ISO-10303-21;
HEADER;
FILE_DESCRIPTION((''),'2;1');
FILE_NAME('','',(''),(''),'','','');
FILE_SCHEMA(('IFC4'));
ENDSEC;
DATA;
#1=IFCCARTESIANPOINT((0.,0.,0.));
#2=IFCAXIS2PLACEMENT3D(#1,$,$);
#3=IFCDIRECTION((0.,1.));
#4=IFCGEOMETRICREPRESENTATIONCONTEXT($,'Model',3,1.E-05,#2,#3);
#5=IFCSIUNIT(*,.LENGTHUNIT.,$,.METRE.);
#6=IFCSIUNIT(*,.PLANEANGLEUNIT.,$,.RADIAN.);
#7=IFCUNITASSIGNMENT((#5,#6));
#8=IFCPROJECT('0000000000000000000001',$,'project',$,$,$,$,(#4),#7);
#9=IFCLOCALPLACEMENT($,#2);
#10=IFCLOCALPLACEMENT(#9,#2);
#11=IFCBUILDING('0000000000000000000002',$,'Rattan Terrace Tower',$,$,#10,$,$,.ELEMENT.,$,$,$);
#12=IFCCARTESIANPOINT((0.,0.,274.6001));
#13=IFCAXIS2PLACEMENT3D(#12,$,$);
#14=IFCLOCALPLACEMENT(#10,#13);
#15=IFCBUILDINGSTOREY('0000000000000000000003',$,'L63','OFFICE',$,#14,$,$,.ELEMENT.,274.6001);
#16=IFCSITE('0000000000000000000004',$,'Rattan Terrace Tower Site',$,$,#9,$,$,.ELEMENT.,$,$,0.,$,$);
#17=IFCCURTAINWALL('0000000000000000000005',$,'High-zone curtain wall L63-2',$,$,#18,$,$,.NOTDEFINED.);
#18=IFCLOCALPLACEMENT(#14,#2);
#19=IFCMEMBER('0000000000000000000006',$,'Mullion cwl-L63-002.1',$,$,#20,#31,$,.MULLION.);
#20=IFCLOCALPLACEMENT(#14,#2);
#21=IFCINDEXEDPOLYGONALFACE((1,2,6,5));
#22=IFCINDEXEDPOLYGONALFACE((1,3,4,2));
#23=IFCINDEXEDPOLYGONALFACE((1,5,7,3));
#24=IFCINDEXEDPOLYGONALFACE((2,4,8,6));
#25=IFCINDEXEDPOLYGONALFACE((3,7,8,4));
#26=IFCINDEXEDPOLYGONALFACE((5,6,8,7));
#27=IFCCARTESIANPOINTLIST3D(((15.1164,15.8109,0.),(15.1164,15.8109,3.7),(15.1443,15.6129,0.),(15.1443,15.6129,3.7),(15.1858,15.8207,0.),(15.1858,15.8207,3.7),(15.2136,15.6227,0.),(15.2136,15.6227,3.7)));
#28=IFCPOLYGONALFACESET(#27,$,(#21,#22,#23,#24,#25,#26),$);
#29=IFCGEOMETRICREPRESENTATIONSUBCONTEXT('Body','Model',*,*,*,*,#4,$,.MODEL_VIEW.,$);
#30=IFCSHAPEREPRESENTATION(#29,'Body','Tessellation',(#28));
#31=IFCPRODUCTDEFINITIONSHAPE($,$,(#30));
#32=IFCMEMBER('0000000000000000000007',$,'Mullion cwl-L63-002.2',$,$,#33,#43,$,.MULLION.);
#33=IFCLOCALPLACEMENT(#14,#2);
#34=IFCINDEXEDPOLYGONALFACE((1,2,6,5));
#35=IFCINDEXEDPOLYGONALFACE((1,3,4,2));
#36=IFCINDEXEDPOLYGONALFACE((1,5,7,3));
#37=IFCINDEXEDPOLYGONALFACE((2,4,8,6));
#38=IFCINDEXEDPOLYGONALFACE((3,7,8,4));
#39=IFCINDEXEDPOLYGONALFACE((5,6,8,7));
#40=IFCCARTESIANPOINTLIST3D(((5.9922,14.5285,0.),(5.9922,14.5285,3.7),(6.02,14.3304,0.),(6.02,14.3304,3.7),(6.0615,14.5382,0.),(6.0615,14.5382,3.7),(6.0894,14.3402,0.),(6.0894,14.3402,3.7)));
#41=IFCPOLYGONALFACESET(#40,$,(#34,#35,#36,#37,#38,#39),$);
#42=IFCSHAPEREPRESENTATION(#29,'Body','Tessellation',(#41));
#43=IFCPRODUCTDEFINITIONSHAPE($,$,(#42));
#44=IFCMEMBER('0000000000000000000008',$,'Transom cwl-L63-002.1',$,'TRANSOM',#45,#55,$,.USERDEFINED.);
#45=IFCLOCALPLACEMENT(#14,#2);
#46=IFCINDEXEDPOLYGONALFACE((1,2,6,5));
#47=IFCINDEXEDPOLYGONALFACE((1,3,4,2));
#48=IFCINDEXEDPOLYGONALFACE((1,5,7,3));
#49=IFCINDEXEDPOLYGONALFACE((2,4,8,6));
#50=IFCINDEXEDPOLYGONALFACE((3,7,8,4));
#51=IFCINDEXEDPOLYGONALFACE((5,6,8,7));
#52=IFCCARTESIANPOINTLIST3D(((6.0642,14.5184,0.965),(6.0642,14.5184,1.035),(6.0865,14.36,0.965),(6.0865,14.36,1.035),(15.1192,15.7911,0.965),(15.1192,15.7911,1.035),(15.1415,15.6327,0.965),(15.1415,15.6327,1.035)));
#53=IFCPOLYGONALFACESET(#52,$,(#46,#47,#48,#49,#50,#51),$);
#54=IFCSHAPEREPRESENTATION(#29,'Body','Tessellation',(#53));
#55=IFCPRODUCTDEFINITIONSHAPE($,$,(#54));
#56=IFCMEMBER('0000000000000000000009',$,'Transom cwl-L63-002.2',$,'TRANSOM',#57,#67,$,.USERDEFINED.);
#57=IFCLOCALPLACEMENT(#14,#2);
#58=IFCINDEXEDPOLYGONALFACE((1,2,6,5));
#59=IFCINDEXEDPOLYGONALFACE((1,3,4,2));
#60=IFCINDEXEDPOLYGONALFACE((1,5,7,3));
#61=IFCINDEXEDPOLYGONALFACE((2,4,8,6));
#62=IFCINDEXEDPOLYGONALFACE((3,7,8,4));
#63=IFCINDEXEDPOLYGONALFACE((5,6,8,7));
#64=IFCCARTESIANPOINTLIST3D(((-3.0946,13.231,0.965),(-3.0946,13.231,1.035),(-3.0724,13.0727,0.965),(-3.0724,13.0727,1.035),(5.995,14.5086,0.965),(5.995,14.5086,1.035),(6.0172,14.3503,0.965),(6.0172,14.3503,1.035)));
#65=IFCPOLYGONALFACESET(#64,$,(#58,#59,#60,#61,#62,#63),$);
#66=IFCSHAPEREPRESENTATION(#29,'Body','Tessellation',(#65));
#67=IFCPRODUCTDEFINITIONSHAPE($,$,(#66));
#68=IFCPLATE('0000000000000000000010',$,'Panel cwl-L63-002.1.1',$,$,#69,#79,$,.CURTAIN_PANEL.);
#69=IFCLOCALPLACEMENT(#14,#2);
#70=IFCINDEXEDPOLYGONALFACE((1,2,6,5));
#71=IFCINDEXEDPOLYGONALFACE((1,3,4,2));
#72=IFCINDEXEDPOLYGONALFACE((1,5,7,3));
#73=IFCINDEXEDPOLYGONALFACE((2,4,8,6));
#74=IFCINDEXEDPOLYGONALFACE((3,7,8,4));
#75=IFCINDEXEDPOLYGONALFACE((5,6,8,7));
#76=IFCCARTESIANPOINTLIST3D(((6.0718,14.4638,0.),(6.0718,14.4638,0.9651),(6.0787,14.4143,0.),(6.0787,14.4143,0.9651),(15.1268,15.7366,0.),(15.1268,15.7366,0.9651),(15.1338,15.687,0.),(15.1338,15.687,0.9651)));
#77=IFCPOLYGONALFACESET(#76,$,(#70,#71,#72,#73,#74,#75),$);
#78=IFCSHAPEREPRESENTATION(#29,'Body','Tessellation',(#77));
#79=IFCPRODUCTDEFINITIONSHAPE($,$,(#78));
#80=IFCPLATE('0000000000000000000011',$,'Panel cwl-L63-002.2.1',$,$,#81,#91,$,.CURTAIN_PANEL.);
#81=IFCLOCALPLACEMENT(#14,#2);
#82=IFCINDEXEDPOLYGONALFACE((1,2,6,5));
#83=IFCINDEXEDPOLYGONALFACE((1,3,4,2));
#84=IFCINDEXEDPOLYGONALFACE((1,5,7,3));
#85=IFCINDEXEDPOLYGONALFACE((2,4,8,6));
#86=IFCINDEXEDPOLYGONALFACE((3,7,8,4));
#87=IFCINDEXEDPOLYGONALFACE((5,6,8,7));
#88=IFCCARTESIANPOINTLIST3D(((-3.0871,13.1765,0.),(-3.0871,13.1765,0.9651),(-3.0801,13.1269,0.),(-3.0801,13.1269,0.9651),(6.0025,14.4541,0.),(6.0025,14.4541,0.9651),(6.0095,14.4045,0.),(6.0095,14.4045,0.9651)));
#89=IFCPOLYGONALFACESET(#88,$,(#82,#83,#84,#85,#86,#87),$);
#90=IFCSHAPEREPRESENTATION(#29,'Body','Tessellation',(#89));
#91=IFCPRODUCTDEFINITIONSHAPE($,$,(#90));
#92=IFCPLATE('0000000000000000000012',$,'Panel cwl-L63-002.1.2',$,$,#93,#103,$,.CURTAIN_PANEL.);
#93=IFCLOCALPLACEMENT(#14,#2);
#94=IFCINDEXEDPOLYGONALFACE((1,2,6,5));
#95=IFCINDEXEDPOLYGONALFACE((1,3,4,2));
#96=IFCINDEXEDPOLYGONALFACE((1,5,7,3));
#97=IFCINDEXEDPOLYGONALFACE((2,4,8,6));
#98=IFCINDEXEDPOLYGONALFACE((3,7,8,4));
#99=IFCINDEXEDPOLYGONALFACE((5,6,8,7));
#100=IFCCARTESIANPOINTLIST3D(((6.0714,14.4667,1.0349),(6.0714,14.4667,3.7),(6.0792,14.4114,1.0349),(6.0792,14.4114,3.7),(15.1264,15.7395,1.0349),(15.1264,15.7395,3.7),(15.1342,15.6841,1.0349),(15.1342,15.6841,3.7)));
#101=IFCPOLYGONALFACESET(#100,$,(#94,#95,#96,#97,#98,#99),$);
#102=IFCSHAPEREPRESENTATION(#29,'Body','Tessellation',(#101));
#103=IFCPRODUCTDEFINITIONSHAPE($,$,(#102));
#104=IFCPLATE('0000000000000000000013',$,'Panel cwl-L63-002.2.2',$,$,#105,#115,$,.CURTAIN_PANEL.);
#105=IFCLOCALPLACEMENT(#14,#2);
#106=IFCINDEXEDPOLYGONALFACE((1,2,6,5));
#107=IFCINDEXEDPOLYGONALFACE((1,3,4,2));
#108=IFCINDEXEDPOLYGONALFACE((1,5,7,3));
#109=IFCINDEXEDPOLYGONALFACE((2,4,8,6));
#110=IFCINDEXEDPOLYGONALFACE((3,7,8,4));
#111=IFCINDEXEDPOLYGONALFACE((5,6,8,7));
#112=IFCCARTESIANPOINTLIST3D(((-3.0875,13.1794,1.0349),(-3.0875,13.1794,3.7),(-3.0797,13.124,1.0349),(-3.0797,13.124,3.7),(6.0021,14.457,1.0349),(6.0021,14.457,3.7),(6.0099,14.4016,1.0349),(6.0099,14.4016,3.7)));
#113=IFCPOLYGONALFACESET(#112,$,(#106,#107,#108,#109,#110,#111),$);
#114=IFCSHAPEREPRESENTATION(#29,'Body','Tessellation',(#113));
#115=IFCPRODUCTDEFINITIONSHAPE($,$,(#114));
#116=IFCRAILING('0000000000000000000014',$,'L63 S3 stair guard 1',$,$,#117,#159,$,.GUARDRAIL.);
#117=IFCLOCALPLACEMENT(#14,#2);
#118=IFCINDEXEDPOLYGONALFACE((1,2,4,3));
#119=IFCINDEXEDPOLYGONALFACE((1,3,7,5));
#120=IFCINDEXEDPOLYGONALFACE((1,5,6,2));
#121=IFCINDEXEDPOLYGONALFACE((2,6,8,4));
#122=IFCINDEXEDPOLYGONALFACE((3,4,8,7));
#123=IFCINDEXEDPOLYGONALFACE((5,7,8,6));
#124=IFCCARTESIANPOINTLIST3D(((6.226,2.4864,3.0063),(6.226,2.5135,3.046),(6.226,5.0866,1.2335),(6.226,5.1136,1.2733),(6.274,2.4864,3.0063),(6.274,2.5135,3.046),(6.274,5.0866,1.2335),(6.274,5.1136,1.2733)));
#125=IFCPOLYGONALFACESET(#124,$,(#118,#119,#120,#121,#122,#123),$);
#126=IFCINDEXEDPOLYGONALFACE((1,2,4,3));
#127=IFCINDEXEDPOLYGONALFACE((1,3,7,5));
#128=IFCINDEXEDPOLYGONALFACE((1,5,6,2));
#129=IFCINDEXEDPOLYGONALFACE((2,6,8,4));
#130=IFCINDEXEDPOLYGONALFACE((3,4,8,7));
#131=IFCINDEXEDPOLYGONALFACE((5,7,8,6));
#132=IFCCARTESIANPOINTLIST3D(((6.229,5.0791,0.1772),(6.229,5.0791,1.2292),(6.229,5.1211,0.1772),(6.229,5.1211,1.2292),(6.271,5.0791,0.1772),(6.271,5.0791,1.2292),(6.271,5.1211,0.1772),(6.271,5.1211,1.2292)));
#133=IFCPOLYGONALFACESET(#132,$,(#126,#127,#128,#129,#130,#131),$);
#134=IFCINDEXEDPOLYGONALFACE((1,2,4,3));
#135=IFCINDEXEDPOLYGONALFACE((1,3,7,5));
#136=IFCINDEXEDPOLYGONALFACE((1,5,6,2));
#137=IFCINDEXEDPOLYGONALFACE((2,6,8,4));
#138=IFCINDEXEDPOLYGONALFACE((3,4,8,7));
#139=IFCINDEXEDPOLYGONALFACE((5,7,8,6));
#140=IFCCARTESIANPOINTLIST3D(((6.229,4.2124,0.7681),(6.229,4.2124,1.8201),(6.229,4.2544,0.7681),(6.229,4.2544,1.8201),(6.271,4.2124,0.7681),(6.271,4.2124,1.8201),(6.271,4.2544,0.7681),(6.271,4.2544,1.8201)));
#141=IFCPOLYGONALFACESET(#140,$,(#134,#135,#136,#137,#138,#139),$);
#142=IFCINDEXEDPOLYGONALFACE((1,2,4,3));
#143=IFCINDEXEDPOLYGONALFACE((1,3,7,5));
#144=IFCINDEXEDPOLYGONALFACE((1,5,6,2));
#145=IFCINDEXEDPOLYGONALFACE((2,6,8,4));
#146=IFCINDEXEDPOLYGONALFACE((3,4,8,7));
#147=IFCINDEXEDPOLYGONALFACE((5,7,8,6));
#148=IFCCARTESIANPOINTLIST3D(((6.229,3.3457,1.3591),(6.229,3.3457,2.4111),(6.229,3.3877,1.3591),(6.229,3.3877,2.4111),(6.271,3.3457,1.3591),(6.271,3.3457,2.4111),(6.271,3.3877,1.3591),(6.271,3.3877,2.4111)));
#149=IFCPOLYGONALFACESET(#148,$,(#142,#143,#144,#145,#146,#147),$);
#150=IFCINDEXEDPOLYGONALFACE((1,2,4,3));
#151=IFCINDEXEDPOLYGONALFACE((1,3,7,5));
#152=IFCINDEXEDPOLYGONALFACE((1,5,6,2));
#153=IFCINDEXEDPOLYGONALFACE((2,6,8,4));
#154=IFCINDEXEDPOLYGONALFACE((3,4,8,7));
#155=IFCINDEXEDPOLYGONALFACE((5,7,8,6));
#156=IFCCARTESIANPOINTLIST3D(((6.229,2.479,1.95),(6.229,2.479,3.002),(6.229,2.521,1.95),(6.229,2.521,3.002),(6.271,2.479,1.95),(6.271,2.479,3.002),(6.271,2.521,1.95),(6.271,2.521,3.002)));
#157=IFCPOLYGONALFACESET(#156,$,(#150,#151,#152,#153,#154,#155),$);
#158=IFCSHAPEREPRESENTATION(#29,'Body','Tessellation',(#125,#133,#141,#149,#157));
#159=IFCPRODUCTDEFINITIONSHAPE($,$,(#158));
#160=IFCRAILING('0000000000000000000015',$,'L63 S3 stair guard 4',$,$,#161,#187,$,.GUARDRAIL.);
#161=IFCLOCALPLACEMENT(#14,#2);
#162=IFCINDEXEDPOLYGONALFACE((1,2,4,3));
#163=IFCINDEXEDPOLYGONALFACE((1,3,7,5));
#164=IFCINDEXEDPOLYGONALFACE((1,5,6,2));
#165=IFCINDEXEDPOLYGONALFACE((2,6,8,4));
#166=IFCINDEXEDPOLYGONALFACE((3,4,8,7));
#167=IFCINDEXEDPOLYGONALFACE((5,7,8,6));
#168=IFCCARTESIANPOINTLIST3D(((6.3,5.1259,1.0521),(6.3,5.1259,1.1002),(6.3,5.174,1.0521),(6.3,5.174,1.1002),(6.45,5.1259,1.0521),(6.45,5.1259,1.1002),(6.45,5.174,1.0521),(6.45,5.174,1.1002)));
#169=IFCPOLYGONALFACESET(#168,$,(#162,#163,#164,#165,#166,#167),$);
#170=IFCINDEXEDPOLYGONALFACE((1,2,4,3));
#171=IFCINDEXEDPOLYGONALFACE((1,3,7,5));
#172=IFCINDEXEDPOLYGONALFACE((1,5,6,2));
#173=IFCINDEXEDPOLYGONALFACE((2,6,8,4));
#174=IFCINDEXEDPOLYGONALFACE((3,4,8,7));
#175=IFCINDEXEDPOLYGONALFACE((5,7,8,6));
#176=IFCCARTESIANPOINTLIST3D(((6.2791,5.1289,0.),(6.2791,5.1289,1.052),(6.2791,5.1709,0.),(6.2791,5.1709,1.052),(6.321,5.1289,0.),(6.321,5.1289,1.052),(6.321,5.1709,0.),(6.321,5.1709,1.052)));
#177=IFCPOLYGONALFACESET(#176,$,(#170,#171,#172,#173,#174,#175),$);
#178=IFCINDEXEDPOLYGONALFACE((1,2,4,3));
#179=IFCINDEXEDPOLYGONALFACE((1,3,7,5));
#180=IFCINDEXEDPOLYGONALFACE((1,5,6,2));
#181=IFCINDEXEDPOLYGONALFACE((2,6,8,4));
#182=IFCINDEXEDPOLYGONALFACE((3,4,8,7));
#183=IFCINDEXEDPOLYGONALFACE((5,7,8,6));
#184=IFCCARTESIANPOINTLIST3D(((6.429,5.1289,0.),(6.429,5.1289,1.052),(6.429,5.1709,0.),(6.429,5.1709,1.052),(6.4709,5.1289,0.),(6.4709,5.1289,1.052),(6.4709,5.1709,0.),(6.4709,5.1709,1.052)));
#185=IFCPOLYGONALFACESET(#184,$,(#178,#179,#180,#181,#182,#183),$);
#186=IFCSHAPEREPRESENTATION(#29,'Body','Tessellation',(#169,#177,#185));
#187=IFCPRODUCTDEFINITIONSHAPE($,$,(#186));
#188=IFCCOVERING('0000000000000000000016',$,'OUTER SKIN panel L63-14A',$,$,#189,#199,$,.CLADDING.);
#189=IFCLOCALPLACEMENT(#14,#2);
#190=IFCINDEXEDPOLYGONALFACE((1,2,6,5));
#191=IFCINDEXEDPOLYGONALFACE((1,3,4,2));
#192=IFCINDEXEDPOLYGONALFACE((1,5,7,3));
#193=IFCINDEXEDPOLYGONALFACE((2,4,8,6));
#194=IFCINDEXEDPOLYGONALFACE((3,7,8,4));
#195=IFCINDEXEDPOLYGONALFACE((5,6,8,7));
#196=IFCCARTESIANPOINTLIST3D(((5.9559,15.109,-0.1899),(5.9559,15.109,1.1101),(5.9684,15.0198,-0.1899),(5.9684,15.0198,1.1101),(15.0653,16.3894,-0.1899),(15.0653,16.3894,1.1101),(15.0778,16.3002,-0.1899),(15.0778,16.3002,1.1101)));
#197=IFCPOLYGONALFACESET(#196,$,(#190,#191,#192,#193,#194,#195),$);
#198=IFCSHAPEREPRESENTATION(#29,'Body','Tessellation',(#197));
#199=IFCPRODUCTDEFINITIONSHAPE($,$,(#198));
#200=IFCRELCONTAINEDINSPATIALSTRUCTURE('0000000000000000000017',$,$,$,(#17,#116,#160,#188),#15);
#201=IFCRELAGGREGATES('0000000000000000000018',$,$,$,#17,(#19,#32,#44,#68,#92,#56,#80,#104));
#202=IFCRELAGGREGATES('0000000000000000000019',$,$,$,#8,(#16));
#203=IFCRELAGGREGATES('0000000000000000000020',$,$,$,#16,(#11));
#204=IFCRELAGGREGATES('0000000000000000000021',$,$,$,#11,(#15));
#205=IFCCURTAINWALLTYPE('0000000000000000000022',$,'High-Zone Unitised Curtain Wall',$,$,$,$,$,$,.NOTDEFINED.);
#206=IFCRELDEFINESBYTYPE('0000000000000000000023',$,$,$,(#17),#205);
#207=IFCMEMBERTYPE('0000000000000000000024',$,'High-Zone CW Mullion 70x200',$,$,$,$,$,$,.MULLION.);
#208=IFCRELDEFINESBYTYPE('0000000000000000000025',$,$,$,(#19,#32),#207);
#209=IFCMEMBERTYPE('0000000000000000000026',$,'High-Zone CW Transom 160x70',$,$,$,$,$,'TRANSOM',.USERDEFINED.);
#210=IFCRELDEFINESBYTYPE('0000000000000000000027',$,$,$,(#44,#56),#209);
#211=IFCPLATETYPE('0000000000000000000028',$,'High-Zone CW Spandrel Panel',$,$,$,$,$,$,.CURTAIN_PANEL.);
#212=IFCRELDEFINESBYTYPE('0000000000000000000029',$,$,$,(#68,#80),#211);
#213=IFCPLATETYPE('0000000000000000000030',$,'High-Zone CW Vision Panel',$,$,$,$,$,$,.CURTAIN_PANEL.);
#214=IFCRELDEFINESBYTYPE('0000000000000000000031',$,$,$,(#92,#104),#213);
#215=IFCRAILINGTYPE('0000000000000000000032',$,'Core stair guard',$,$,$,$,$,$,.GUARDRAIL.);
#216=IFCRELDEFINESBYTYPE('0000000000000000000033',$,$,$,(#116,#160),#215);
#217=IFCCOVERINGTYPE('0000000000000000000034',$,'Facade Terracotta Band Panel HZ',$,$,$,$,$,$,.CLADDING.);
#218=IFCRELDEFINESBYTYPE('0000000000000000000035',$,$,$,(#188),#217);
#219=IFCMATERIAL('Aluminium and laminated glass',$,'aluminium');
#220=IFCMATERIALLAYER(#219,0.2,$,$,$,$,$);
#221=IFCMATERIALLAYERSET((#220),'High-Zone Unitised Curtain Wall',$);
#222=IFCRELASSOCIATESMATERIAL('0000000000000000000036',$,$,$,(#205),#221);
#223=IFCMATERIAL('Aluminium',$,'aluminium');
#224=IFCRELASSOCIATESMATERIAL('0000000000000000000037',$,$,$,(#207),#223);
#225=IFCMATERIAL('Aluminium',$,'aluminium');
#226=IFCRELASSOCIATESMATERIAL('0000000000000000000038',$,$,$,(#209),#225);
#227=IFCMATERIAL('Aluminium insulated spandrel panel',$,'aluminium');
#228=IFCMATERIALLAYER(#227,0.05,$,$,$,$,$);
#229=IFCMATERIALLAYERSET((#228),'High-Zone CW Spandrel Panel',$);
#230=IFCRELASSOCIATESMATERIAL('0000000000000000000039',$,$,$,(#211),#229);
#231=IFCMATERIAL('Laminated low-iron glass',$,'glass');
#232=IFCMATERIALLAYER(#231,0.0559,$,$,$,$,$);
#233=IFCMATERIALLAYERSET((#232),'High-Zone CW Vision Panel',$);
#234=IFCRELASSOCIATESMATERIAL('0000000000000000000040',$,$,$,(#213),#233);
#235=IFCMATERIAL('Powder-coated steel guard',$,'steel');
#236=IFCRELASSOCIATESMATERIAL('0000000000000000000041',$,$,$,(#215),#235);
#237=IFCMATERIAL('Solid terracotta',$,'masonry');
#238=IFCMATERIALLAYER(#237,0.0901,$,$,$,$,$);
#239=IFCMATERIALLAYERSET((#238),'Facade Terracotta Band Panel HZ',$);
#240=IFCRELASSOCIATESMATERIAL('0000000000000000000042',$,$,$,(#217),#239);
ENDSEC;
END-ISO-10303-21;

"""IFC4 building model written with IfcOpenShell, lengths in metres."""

from ifc_helpers import new_model, si_unit, direction, frame, origin, origin_2d, place, context, subcontext, project, spatial, rectangle, extrude, material, layer, layer_set, material_profile, profile_set, type_object, element, aggregate, save


model = new_model("IFC4")

# Units and contexts
model_context = context("Model", 3, precision=1e-05, world=origin(), true_north=direction((0.0, 1.0)))
body_context = subcontext(model_context, "Body", "Model", "MODEL_VIEW")
ifc_project = project(units=[si_unit("LENGTHUNIT", "METRE"), si_unit("PLANEANGLEUNIT", "RADIAN")], contexts=[model_context])

# Site, building, storey
site_placement = place(None, origin())
site = spatial("IfcSite", under=ifc_project, at=site_placement, Name="Rattan Terrace Tower Site", CompositionType="ELEMENT", RefElevation=0.0)
building_placement = place(site_placement, origin())
building = spatial("IfcBuilding", under=site, at=building_placement, Name="Rattan Terrace Tower", CompositionType="ELEMENT")
storey_placement = place(building_placement, frame((0.0, 0.0, 274.6001)))
storey = spatial("IfcBuildingStorey", under=building, at=storey_placement, Name="L63", Description="OFFICE", CompositionType="ELEMENT", Elevation=274.6001)

# Curtain wall, members, plates
ifc_material_1 = material(Name="Aluminium and laminated glass", Category="aluminium")
ifc_layer_1 = layer(ifc_material_1, 0.2)
ifc_layer_set_1 = layer_set([ifc_layer_1], Name="High-Zone Unitised Curtain Wall")
curtain_wall_type = type_object("IfcCurtainWallType", Name="High-Zone Unitised Curtain Wall", PredefinedType="NOTDEFINED", material=ifc_layer_set_1)
curtain_wall_placement = place(storey_placement, origin())
curtain_wall = element("IfcCurtainWall", 1, at=curtain_wall_placement, inside=storey, type_object=curtain_wall_type, Name="High-zone curtain wall L63-2", PredefinedType="NOTDEFINED")
ifc_material_2 = material(Name="Aluminium", Category="aluminium")
ifc_material_profile_1 = material_profile(ifc_material_2, rectangle(XDim=0.0701, YDim=0.2, at=origin_2d()), Name="Aluminium 70x200")
ifc_profile_set_1 = profile_set([ifc_material_profile_1], Name="Aluminium")
member_type_1 = type_object("IfcMemberType", Name="High-Zone CW Mullion 70x200", PredefinedType="MULLION", material=ifc_profile_set_1)
member_1_placement = place(storey_placement, frame((15.165, 15.7168, 0.0), z_axis=(0.0, 0.0, 1.0), x_axis=(-0.990266, -0.139189, 0.0)))
member_1 = element("IfcMember", 2, at=member_1_placement, type_object=member_type_1, Name="Mullion cwl-L63-002.1", PredefinedType="MULLION", context=body_context, shape_type="SweptSolid", body=[
    extrude(rectangle(XDim=0.0701, YDim=0.2, at=origin_2d()), origin(), (0.0, 0.0, 1.0), 3.7),
])
member_2_placement = place(storey_placement, frame((6.0408, 14.4343, 0.0), z_axis=(0.0, 0.0, 1.0), x_axis=(-0.990266, -0.139189, 0.0)))
member_2 = element("IfcMember", 3, at=member_2_placement, type_object=member_type_1, Name="Mullion cwl-L63-002.2", PredefinedType="MULLION", context=body_context, shape_type="SweptSolid", body=[
    extrude(rectangle(XDim=0.0701, YDim=0.2, at=origin_2d()), origin(), (0.0, 0.0, 1.0), 3.7),
])
ifc_material_3 = material(Name="Aluminium", Category="aluminium")
ifc_material_profile_2 = material_profile(ifc_material_3, rectangle(XDim=0.1599, YDim=0.0701, at=origin_2d()), Name="Aluminium 160x70")
ifc_profile_set_2 = profile_set([ifc_material_profile_2], Name="Aluminium")
member_type_2 = type_object("IfcMemberType", Name="High-Zone CW Transom 160x70", ElementType="TRANSOM", PredefinedType="USERDEFINED", material=ifc_profile_set_2)
member_3_placement = place(storey_placement, frame((15.1304, 15.7119, 1.0), z_axis=(-0.990266, -0.139186, 0.0), x_axis=(0.139186, -0.990266, 0.0)))
member_3 = element("IfcMember", 4, at=member_3_placement, type_object=member_type_2, Name="Transom cwl-L63-002.1", ObjectType="TRANSOM", PredefinedType="USERDEFINED", context=body_context, shape_type="SweptSolid", body=[
    extrude(rectangle(XDim=0.1599, YDim=0.0701, at=origin_2d()), origin(), (0.0, 0.0, 1.0), 9.144),
])
member_4_placement = place(storey_placement, frame((6.0061, 14.4294, 1.0), z_axis=(-0.990266, -0.139187, 0.0), x_axis=(0.139187, -0.990266, 0.0)))
member_4 = element("IfcMember", 5, at=member_4_placement, type_object=member_type_2, Name="Transom cwl-L63-002.2", ObjectType="TRANSOM", PredefinedType="USERDEFINED", context=body_context, shape_type="SweptSolid", body=[
    extrude(rectangle(XDim=0.1599, YDim=0.0701, at=origin_2d()), origin(), (0.0, 0.0, 1.0), 9.179),
])
ifc_material_4 = material(Name="Aluminium insulated spandrel panel", Category="aluminium")
ifc_layer_2 = layer(ifc_material_4, 0.05)
ifc_layer_set_2 = layer_set([ifc_layer_2], Name="High-Zone CW Spandrel Panel")
plate_type_1 = type_object("IfcPlateType", Name="High-Zone CW Spandrel Panel", PredefinedType="CURTAIN_PANEL", material=ifc_layer_set_2)
plate_1_placement = place(storey_placement, frame((10.6028, 15.0754, 0.0), z_axis=(0.0, 0.0, 1.0), x_axis=(-0.990266, -0.139189, 0.0)))
plate_1 = element("IfcPlate", 6, at=plate_1_placement, type_object=plate_type_1, Name="Panel cwl-L63-002.1.1", PredefinedType="CURTAIN_PANEL", context=body_context, shape_type="SweptSolid", body=[
    extrude(rectangle(XDim=9.144, YDim=0.05, at=origin_2d()), origin(), (0.0, 0.0, 1.0), 0.9651),
])
plate_2_placement = place(storey_placement, frame((1.4612, 13.7905, 0.0), z_axis=(0.0, 0.0, 1.0), x_axis=(-0.990266, -0.139189, 0.0)))
plate_2 = element("IfcPlate", 7, at=plate_2_placement, type_object=plate_type_1, Name="Panel cwl-L63-002.2.1", PredefinedType="CURTAIN_PANEL", context=body_context, shape_type="SweptSolid", body=[
    extrude(rectangle(XDim=9.179, YDim=0.05, at=origin_2d()), origin(), (0.0, 0.0, 1.0), 0.9651),
])
ifc_material_5 = material(Name="Laminated low-iron glass", Category="glass")
ifc_layer_3 = layer(ifc_material_5, 0.0559)
ifc_layer_set_3 = layer_set([ifc_layer_3], Name="High-Zone CW Vision Panel")
plate_type_2 = type_object("IfcPlateType", Name="High-Zone CW Vision Panel", PredefinedType="CURTAIN_PANEL", material=ifc_layer_set_3)
plate_3_placement = place(storey_placement, frame((10.6028, 15.0754, 1.0349), z_axis=(0.0, 0.0, 1.0), x_axis=(-0.990266, -0.139189, 0.0)))
plate_3 = element("IfcPlate", 8, at=plate_3_placement, type_object=plate_type_2, Name="Panel cwl-L63-002.1.2", PredefinedType="CURTAIN_PANEL", context=body_context, shape_type="SweptSolid", body=[
    extrude(rectangle(XDim=9.144, YDim=0.0559, at=origin_2d()), origin(), (0.0, 0.0, 1.0), 2.665),
])
plate_4_placement = place(storey_placement, frame((1.4612, 13.7905, 1.0349), z_axis=(0.0, 0.0, 1.0), x_axis=(-0.990266, -0.139189, 0.0)))
plate_4 = element("IfcPlate", 9, at=plate_4_placement, type_object=plate_type_2, Name="Panel cwl-L63-002.2.2", PredefinedType="CURTAIN_PANEL", context=body_context, shape_type="SweptSolid", body=[
    extrude(rectangle(XDim=9.179, YDim=0.0559, at=origin_2d()), origin(), (0.0, 0.0, 1.0), 2.665),
])
aggregate(curtain_wall, [member_1, member_2, member_3, plate_1, plate_3, member_4, plate_2, plate_4])

# Railings
ifc_material_6 = material(Name="Powder-coated steel guard", Category="steel")
railing_type = type_object("IfcRailingType", Name="Core stair guard", PredefinedType="GUARDRAIL", material=ifc_material_6)
railing_1_placement = place(storey_placement, frame((6.25, 5.1001, 0.1772)))
element("IfcRailing", 10, at=railing_1_placement, inside=storey, type_object=railing_type, Name="L63 S3 stair guard 1", PredefinedType="GUARDRAIL", context=body_context, shape_type="SweptSolid", body=[
    extrude(rectangle(XDim=0.0481, YDim=0.0481, at=origin_2d()), frame((0.0, 0.0, 1.0762), z_axis=(0.0, -0.82624, 0.563318), x_axis=(1.0, 0.0, 0.0)), (0.0, 0.0, 1.0), 3.147),
    extrude(rectangle(XDim=0.042, YDim=0.042, at=origin_2d()), origin(), (0.0, 0.0, 1.0), 1.052),
    extrude(rectangle(XDim=0.042, YDim=0.042, at=origin_2d()), frame((0.0, -0.8667, 0.5908)), (0.0, 0.0, 1.0), 1.052),
    extrude(rectangle(XDim=0.042, YDim=0.042, at=origin_2d()), frame((0.0, -1.7334, 1.1819)), (0.0, 0.0, 1.0), 1.052),
    extrude(rectangle(XDim=0.042, YDim=0.042, at=origin_2d()), frame((0.0, -2.6001, 1.7727)), (0.0, 0.0, 1.0), 1.052),
])
railing_2_placement = place(storey_placement, frame((6.3, 5.1499, 0.0)))
element("IfcRailing", 11, at=railing_2_placement, inside=storey, type_object=railing_type, Name="L63 S3 stair guard 4", PredefinedType="GUARDRAIL", context=body_context, shape_type="SweptSolid", body=[
    extrude(rectangle(XDim=0.0481, YDim=0.0481, at=origin_2d()), frame((0.0, 0.0, 1.0762), z_axis=(1.0, 0.0, 0.0), x_axis=(0.0, 1.0, 0.0)), (0.0, 0.0, 1.0), 0.1499),
    extrude(rectangle(XDim=0.042, YDim=0.042, at=origin_2d()), origin(), (0.0, 0.0, 1.0), 1.052),
    extrude(rectangle(XDim=0.042, YDim=0.042, at=origin_2d()), frame((0.1499, 0.0, 0.0)), (0.0, 0.0, 1.0), 1.052),
])

# Covering
ifc_material_7 = material(Name="Solid terracotta", Category="masonry")
ifc_layer_4 = layer(ifc_material_7, 0.0901)
ifc_layer_set_4 = layer_set([ifc_layer_4], Name="Facade Terracotta Band Panel HZ")
covering_type_1 = type_object("IfcCoveringType", Name="Facade Terracotta Band Panel HZ", PredefinedType="CLADDING", material=ifc_layer_set_4)
covering_1_placement = place(storey_placement, frame((10.5168, 15.7046, -0.1899), z_axis=(0.0, 0.0, 1.0), x_axis=(-0.990266, -0.139189, 0.0)))
element("IfcCovering", 12, at=covering_1_placement, inside=storey, type_object=covering_type_1, Name="OUTER SKIN panel L63-14A", PredefinedType="CLADDING", context=body_context, shape_type="SweptSolid", body=[
    extrude(rectangle(XDim=9.199, YDim=0.0901, at=origin_2d()), origin(), (0.0, 0.0, 1.0), 1.3),
])

save(model, "model.ifc")
